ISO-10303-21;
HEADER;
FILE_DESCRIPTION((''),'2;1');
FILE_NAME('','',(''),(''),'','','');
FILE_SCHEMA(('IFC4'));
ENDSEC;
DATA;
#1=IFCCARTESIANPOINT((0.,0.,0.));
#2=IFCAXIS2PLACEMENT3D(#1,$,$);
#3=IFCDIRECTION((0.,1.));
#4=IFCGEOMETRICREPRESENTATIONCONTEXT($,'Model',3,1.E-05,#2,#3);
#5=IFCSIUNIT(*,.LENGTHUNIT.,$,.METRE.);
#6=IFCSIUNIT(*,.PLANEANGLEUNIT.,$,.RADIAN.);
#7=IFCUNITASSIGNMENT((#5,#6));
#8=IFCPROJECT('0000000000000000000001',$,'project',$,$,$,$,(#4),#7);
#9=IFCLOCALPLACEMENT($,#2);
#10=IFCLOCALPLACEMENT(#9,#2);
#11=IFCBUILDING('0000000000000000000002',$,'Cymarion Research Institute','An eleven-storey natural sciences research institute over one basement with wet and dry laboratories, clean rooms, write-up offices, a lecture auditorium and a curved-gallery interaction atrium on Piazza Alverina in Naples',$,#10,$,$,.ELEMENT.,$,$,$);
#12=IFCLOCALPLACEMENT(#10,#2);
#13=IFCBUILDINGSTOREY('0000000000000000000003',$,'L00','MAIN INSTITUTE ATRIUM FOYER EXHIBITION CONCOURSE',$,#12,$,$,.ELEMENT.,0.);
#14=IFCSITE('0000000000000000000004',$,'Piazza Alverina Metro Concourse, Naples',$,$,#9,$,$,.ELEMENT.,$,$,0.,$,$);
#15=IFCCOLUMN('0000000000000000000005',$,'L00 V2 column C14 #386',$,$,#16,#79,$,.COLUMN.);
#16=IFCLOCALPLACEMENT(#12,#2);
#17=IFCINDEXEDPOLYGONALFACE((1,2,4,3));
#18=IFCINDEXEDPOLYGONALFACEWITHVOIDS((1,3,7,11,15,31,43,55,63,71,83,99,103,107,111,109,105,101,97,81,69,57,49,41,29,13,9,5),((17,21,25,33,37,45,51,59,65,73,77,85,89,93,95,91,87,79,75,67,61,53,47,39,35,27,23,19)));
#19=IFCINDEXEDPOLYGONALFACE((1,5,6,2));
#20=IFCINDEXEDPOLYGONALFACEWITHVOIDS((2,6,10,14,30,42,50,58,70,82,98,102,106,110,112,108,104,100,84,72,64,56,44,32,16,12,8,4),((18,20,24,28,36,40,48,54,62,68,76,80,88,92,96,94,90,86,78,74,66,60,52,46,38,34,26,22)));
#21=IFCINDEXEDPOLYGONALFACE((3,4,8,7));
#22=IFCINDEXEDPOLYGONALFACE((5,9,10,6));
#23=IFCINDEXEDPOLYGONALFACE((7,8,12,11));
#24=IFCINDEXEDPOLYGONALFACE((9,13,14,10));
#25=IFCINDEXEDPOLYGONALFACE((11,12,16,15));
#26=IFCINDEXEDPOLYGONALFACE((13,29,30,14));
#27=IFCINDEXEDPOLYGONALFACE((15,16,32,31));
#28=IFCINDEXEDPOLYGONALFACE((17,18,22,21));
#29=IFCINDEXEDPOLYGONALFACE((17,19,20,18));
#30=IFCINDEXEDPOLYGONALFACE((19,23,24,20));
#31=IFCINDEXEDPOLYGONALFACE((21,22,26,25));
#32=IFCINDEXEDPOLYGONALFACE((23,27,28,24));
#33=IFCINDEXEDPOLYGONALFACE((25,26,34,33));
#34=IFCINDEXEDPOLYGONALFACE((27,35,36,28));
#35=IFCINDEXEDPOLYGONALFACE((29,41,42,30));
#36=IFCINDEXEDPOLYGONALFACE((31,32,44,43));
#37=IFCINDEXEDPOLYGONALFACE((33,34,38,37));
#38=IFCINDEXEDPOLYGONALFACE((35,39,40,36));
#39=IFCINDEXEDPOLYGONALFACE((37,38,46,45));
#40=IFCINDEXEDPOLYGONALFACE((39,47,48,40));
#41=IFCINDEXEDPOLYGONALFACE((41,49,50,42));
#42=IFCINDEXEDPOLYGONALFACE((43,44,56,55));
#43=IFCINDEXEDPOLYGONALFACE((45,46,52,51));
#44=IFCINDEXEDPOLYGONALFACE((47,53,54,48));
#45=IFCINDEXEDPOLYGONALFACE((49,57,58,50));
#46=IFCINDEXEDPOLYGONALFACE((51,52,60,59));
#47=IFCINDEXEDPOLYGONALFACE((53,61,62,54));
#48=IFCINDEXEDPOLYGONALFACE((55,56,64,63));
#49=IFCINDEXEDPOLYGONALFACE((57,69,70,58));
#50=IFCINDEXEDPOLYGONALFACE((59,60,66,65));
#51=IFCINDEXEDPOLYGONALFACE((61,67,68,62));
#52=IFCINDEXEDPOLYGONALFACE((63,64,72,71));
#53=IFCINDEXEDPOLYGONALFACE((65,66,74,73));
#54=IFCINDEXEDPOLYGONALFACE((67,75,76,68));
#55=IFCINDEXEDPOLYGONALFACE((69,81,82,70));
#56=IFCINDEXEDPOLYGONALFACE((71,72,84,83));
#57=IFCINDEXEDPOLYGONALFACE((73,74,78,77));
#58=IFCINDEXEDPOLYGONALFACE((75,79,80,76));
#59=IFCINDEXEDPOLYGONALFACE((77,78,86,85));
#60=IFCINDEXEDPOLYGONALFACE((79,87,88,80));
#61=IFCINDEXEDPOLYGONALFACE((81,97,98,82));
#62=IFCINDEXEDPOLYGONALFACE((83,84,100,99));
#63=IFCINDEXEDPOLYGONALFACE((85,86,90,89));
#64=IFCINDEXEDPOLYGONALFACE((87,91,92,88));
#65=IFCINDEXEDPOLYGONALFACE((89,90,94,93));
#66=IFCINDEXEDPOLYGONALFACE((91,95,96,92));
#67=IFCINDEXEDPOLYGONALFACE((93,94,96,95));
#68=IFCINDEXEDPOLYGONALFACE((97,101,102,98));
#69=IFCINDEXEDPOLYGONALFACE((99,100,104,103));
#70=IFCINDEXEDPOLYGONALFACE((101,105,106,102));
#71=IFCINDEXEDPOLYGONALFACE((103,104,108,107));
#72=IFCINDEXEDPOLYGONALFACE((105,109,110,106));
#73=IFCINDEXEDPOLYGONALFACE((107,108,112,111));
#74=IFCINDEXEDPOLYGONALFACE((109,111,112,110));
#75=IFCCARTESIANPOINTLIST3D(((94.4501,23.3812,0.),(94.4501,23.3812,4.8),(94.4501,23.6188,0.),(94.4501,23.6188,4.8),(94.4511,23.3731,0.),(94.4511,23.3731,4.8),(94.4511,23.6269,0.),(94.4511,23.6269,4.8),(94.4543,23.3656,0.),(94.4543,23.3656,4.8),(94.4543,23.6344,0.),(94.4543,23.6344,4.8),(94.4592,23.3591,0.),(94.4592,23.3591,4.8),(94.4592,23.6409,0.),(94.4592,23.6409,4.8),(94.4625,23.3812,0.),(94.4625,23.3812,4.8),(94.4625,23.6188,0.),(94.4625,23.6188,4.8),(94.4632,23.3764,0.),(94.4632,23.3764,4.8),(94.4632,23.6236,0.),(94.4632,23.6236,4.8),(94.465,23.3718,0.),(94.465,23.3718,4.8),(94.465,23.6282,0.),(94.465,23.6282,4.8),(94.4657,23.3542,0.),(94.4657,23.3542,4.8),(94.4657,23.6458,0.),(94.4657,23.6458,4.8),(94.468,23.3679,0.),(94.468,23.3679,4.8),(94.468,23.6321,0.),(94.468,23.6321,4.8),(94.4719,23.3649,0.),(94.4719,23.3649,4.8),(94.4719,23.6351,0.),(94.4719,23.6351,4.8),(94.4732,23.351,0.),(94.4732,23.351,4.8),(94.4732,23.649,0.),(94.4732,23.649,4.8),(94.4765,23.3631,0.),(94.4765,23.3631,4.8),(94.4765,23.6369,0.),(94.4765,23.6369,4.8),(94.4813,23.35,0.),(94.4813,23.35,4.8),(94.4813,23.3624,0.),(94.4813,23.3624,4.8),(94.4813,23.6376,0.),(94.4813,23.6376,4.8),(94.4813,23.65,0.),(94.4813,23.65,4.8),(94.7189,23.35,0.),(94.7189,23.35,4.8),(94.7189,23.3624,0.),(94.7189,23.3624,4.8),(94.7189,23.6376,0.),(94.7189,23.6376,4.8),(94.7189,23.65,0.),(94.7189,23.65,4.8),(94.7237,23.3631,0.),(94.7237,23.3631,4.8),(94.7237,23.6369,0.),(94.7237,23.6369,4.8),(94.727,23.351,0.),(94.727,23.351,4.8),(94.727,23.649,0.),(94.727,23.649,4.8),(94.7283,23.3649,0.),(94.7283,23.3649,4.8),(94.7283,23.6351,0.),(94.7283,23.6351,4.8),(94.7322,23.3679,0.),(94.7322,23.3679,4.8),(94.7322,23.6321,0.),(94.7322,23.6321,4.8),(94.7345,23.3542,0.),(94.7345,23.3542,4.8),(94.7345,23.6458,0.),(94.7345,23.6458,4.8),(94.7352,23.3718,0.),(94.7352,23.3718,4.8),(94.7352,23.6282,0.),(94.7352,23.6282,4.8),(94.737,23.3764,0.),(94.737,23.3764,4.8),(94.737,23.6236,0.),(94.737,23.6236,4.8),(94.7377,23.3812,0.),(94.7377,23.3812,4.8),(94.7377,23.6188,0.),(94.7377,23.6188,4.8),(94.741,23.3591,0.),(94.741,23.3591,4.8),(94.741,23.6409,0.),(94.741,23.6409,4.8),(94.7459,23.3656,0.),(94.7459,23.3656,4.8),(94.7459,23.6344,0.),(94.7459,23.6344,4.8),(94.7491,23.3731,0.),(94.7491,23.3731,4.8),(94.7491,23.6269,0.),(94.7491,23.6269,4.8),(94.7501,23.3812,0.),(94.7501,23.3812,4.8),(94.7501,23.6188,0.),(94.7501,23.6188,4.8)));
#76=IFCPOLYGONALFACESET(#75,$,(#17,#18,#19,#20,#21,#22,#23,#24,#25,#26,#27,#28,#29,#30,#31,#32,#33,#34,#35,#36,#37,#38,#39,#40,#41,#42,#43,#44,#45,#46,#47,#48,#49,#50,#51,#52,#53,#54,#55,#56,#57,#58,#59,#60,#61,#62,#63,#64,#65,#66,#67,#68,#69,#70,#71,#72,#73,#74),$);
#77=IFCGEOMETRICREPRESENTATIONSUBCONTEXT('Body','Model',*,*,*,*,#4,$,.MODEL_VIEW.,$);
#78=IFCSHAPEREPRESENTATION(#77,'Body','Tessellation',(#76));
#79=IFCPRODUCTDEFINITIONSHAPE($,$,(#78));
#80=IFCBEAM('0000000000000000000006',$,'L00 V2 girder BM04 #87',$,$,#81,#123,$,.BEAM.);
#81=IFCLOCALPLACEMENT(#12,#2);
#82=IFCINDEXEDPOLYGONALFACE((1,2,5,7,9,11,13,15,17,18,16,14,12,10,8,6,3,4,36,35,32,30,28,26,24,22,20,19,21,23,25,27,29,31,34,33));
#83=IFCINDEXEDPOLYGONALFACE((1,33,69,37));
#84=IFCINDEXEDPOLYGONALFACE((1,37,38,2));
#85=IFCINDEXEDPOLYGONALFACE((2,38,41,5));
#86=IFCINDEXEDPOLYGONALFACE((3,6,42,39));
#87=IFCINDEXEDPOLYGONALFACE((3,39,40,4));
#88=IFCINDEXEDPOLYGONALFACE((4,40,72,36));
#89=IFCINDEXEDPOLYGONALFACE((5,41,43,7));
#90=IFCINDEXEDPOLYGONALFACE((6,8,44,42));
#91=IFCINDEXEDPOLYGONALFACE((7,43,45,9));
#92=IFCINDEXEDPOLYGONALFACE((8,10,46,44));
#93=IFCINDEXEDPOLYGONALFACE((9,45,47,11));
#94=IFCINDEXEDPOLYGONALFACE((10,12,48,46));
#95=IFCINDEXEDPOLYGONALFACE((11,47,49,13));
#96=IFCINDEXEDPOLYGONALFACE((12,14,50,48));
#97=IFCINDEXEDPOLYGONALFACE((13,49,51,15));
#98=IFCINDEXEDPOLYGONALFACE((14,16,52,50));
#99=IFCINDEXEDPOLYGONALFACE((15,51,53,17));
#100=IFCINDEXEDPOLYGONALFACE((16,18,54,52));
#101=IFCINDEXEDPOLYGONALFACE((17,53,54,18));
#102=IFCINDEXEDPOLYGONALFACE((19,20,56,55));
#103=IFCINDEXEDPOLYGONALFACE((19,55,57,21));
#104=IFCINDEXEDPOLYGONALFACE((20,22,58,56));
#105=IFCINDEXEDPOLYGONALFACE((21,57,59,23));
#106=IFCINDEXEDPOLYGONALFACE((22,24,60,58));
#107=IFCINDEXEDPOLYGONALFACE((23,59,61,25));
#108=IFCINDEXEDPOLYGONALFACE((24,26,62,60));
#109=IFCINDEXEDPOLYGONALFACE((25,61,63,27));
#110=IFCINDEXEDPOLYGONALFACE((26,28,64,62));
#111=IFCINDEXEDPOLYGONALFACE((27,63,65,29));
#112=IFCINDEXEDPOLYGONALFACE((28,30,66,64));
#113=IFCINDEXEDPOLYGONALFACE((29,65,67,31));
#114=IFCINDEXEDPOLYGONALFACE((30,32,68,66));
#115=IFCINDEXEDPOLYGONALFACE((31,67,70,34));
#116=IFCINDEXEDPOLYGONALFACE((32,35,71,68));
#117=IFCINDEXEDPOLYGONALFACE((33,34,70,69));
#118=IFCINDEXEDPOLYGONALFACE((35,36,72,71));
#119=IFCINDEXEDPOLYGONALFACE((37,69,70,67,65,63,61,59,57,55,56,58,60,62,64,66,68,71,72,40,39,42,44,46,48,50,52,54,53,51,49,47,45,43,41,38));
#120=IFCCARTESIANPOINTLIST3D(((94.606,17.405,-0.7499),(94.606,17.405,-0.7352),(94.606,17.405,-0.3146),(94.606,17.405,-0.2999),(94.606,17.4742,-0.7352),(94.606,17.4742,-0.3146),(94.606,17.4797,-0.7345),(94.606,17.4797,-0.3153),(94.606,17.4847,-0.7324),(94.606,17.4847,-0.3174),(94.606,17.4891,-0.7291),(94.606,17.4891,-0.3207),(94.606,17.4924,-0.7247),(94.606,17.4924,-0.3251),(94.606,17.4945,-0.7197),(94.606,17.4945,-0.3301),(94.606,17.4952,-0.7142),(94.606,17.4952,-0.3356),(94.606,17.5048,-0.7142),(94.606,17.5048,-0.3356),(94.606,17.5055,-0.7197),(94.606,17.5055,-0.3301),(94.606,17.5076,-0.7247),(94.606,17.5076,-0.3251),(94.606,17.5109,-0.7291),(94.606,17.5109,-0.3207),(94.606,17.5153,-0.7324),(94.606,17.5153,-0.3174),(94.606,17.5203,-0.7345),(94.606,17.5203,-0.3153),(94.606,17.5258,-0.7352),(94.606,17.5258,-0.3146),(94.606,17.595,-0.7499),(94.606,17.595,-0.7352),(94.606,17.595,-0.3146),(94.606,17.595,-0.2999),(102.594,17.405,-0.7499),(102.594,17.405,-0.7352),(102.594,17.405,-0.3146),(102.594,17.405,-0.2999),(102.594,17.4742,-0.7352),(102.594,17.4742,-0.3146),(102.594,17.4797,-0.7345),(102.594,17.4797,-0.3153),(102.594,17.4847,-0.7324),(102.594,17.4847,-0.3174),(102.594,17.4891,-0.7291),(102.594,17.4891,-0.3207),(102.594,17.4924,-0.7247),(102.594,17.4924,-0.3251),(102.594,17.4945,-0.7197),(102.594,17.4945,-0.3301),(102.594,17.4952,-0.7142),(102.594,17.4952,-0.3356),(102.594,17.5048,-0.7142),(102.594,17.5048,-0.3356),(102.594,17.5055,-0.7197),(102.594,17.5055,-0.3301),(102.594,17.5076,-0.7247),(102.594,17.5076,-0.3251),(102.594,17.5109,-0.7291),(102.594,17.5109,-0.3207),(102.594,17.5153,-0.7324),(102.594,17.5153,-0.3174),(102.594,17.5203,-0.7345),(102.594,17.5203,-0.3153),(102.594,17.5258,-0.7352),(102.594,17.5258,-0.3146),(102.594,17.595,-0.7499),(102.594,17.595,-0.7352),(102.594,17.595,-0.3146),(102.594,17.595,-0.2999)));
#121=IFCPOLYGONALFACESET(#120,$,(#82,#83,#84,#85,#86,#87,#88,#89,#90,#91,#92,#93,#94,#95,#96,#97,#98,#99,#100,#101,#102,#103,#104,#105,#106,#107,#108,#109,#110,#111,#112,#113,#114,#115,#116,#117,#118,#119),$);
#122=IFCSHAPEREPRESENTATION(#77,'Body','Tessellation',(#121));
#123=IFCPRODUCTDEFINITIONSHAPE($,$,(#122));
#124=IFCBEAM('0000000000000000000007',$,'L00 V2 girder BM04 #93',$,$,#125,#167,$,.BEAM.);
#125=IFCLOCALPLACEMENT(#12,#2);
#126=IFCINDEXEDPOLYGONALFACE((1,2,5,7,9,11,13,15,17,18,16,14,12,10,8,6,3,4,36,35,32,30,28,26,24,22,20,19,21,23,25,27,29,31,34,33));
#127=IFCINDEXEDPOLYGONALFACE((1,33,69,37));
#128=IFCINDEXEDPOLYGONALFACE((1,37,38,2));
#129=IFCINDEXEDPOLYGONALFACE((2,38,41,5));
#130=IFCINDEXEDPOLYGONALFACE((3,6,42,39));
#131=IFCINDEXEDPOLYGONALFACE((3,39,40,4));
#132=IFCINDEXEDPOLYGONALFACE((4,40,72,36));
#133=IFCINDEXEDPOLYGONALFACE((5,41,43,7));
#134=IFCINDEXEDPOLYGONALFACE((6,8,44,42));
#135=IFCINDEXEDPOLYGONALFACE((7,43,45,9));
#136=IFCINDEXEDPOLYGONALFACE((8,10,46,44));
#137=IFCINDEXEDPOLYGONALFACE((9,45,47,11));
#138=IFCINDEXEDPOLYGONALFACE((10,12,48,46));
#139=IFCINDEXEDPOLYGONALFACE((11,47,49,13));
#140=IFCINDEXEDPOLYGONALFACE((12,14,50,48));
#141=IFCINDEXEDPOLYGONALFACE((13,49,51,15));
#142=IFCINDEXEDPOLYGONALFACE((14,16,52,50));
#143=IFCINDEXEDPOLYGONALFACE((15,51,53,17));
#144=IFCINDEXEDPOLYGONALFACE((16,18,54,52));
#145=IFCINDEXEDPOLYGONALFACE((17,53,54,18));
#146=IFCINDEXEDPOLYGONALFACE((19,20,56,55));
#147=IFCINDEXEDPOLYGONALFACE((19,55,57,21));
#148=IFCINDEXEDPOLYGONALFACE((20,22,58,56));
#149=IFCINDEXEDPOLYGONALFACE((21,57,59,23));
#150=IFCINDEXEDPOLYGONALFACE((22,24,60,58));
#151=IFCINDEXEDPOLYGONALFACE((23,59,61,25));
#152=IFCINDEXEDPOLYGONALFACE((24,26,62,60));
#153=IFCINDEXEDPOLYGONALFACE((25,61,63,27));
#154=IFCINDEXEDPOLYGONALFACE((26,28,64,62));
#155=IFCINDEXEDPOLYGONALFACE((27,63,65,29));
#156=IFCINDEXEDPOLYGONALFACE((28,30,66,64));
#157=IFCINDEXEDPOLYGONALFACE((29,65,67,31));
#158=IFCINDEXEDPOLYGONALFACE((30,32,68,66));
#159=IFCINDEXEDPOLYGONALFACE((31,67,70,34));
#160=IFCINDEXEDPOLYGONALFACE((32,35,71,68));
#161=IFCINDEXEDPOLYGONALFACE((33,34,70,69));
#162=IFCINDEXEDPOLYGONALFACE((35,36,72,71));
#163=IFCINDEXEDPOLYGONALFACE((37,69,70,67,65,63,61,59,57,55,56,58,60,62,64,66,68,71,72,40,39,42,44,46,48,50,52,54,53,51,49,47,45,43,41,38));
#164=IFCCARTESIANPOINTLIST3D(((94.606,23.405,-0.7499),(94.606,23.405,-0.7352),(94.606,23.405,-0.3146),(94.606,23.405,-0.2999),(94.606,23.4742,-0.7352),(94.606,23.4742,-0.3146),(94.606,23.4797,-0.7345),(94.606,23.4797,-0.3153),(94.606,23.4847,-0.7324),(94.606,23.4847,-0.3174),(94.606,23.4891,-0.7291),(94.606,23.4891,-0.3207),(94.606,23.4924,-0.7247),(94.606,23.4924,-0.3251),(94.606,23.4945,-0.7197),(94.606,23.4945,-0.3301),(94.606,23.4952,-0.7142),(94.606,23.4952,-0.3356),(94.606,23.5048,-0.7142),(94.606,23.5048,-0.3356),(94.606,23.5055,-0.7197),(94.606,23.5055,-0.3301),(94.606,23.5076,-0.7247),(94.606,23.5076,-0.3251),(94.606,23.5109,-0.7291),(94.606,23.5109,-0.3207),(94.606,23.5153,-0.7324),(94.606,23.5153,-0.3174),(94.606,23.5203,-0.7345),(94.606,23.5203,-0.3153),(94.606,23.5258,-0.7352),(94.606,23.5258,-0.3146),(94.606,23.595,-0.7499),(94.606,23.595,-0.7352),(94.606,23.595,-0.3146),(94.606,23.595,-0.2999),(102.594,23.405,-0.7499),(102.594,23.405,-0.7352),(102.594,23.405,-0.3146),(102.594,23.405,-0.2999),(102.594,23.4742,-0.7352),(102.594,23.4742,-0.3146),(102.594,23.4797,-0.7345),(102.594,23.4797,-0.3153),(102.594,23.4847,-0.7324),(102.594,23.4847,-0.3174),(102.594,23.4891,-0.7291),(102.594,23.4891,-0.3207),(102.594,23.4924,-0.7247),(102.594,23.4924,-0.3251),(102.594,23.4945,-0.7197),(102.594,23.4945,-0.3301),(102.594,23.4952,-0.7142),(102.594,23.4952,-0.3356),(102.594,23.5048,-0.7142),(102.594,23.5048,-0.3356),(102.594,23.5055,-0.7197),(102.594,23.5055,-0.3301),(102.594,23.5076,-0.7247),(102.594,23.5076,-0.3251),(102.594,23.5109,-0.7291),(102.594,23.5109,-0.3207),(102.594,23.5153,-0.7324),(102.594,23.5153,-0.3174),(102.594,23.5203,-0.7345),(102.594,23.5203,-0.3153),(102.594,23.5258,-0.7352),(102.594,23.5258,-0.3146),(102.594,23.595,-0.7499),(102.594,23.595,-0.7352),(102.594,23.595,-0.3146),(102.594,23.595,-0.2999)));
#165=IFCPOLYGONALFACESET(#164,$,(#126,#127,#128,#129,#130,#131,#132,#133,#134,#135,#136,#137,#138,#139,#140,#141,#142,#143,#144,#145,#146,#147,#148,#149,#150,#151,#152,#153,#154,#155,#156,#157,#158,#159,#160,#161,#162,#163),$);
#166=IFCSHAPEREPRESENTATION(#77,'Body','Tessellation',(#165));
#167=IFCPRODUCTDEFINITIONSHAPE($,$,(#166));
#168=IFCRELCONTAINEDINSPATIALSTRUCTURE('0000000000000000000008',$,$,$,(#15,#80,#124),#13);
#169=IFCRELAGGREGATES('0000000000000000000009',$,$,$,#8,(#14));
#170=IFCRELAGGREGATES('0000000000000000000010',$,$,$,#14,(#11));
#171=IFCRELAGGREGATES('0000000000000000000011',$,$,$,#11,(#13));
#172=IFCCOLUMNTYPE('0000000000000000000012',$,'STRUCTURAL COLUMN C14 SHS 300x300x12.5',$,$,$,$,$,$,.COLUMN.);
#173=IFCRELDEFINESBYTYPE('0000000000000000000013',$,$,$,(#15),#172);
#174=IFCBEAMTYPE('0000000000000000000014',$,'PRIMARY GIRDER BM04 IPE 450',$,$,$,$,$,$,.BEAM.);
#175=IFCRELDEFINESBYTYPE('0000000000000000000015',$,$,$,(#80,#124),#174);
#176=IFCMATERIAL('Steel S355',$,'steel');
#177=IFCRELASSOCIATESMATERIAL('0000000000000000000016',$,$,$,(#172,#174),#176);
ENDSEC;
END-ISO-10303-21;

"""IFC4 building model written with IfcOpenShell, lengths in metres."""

from ifc_helpers import new_model, si_unit, direction, frame, origin, origin_2d, place, context, subcontext, project, spatial, hollow_rectangle, i_section, extrude, material, material_profile, profile_set, type_object, element, save


model = new_model("IFC4")

# Units and contexts
model_context = context("Model", 3, precision=1e-05, world=origin(), true_north=direction((0.0, 1.0)))
body_context = subcontext(model_context, "Body", "Model", "MODEL_VIEW")
ifc_project = project(units=[si_unit("LENGTHUNIT", "METRE"), si_unit("PLANEANGLEUNIT", "RADIAN")], contexts=[model_context])

# Site, building, storey
site_placement = place(None, origin())
site = spatial("IfcSite", under=ifc_project, at=site_placement, Name="Piazza Alverina Metro Concourse, Naples", CompositionType="ELEMENT", RefElevation=0.0)
building_placement = place(site_placement, origin())
building = spatial("IfcBuilding", under=site, at=building_placement, Name="Cymarion Research Institute", Description="An eleven-storey natural sciences research institute over one basement with wet and dry laboratories, clean rooms, write-up offices, a lecture auditorium and a curved-gallery interaction atrium on Piazza Alverina in Naples", CompositionType="ELEMENT")
storey_placement = place(building_placement, origin())
storey = spatial("IfcBuildingStorey", under=building, at=storey_placement, Name="L00", Description="MAIN INSTITUTE ATRIUM FOYER EXHIBITION CONCOURSE", CompositionType="ELEMENT", Elevation=0.0)

# Column
ifc_material_1 = material(Name="Steel S355", Category="steel")
ifc_material_profile_1 = material_profile(ifc_material_1, hollow_rectangle(XDim=0.3, YDim=0.3, WallThickness=0.0125, InnerFilletRadius=0.0188, OuterFilletRadius=0.0312, at=origin_2d()), Name="SHS 300x300x12.5")
ifc_profile_set_1 = profile_set([ifc_material_profile_1], Name="Steel S355")
column_type_1 = type_object("IfcColumnType", Name="STRUCTURAL COLUMN C14 SHS 300x300x12.5", PredefinedType="COLUMN", material=ifc_profile_set_1)
for number, where, z_axis, x_axis, name in (
    (1, (94.6001, 23.5, 0.0), (0.0, 0.0, 1.0), (1.0, 0.0, 0.0), "L00 V2 column C14 #386"),
):
    element("IfcColumn", number, at=place(storey_placement, frame(where, z_axis=z_axis, x_axis=x_axis)), inside=storey, type_object=column_type_1, Name=name, PredefinedType="COLUMN", context=body_context, shape_type="SweptSolid", body=[
        extrude(hollow_rectangle(XDim=0.3, YDim=0.3, WallThickness=0.0125, InnerFilletRadius=0.0188, OuterFilletRadius=0.0312, at=origin_2d()), origin(), (0.0, 0.0, 1.0), 4.8),
    ])

# Beams
ifc_material_profile_2 = material_profile(ifc_material_1, i_section(OverallWidth=0.1899, OverallDepth=0.45, WebThickness=0.0095, FlangeThickness=0.0146, FilletRadius=0.021, at=origin_2d()), Name="IPE 450")
ifc_profile_set_2 = profile_set([ifc_material_profile_2], Name="Steel S355")
beam_type_1 = type_object("IfcBeamType", Name="PRIMARY GIRDER BM04 IPE 450", PredefinedType="BEAM", material=ifc_profile_set_2)
for number, where, z_axis, x_axis, name in (
    (2, (94.606, 17.5, -0.5249), (1.0, 0.0, 0.0), (0.0, 1.0, 0.0), "L00 V2 girder BM04 #87"),
    (3, (94.606, 23.5, -0.5249), (1.0, 0.0, 0.0), (0.0, 1.0, 0.0), "L00 V2 girder BM04 #93"),
):
    element("IfcBeam", number, at=place(storey_placement, frame(where, z_axis=z_axis, x_axis=x_axis)), inside=storey, type_object=beam_type_1, Name=name, PredefinedType="BEAM", context=body_context, shape_type="SweptSolid", body=[
        extrude(i_section(OverallWidth=0.1899, OverallDepth=0.45, WebThickness=0.0095, FlangeThickness=0.0146, FilletRadius=0.021, at=origin_2d()), origin(), (0.0, 0.0, 1.0), 7.988),
    ])

save(model, "model.ifc")
